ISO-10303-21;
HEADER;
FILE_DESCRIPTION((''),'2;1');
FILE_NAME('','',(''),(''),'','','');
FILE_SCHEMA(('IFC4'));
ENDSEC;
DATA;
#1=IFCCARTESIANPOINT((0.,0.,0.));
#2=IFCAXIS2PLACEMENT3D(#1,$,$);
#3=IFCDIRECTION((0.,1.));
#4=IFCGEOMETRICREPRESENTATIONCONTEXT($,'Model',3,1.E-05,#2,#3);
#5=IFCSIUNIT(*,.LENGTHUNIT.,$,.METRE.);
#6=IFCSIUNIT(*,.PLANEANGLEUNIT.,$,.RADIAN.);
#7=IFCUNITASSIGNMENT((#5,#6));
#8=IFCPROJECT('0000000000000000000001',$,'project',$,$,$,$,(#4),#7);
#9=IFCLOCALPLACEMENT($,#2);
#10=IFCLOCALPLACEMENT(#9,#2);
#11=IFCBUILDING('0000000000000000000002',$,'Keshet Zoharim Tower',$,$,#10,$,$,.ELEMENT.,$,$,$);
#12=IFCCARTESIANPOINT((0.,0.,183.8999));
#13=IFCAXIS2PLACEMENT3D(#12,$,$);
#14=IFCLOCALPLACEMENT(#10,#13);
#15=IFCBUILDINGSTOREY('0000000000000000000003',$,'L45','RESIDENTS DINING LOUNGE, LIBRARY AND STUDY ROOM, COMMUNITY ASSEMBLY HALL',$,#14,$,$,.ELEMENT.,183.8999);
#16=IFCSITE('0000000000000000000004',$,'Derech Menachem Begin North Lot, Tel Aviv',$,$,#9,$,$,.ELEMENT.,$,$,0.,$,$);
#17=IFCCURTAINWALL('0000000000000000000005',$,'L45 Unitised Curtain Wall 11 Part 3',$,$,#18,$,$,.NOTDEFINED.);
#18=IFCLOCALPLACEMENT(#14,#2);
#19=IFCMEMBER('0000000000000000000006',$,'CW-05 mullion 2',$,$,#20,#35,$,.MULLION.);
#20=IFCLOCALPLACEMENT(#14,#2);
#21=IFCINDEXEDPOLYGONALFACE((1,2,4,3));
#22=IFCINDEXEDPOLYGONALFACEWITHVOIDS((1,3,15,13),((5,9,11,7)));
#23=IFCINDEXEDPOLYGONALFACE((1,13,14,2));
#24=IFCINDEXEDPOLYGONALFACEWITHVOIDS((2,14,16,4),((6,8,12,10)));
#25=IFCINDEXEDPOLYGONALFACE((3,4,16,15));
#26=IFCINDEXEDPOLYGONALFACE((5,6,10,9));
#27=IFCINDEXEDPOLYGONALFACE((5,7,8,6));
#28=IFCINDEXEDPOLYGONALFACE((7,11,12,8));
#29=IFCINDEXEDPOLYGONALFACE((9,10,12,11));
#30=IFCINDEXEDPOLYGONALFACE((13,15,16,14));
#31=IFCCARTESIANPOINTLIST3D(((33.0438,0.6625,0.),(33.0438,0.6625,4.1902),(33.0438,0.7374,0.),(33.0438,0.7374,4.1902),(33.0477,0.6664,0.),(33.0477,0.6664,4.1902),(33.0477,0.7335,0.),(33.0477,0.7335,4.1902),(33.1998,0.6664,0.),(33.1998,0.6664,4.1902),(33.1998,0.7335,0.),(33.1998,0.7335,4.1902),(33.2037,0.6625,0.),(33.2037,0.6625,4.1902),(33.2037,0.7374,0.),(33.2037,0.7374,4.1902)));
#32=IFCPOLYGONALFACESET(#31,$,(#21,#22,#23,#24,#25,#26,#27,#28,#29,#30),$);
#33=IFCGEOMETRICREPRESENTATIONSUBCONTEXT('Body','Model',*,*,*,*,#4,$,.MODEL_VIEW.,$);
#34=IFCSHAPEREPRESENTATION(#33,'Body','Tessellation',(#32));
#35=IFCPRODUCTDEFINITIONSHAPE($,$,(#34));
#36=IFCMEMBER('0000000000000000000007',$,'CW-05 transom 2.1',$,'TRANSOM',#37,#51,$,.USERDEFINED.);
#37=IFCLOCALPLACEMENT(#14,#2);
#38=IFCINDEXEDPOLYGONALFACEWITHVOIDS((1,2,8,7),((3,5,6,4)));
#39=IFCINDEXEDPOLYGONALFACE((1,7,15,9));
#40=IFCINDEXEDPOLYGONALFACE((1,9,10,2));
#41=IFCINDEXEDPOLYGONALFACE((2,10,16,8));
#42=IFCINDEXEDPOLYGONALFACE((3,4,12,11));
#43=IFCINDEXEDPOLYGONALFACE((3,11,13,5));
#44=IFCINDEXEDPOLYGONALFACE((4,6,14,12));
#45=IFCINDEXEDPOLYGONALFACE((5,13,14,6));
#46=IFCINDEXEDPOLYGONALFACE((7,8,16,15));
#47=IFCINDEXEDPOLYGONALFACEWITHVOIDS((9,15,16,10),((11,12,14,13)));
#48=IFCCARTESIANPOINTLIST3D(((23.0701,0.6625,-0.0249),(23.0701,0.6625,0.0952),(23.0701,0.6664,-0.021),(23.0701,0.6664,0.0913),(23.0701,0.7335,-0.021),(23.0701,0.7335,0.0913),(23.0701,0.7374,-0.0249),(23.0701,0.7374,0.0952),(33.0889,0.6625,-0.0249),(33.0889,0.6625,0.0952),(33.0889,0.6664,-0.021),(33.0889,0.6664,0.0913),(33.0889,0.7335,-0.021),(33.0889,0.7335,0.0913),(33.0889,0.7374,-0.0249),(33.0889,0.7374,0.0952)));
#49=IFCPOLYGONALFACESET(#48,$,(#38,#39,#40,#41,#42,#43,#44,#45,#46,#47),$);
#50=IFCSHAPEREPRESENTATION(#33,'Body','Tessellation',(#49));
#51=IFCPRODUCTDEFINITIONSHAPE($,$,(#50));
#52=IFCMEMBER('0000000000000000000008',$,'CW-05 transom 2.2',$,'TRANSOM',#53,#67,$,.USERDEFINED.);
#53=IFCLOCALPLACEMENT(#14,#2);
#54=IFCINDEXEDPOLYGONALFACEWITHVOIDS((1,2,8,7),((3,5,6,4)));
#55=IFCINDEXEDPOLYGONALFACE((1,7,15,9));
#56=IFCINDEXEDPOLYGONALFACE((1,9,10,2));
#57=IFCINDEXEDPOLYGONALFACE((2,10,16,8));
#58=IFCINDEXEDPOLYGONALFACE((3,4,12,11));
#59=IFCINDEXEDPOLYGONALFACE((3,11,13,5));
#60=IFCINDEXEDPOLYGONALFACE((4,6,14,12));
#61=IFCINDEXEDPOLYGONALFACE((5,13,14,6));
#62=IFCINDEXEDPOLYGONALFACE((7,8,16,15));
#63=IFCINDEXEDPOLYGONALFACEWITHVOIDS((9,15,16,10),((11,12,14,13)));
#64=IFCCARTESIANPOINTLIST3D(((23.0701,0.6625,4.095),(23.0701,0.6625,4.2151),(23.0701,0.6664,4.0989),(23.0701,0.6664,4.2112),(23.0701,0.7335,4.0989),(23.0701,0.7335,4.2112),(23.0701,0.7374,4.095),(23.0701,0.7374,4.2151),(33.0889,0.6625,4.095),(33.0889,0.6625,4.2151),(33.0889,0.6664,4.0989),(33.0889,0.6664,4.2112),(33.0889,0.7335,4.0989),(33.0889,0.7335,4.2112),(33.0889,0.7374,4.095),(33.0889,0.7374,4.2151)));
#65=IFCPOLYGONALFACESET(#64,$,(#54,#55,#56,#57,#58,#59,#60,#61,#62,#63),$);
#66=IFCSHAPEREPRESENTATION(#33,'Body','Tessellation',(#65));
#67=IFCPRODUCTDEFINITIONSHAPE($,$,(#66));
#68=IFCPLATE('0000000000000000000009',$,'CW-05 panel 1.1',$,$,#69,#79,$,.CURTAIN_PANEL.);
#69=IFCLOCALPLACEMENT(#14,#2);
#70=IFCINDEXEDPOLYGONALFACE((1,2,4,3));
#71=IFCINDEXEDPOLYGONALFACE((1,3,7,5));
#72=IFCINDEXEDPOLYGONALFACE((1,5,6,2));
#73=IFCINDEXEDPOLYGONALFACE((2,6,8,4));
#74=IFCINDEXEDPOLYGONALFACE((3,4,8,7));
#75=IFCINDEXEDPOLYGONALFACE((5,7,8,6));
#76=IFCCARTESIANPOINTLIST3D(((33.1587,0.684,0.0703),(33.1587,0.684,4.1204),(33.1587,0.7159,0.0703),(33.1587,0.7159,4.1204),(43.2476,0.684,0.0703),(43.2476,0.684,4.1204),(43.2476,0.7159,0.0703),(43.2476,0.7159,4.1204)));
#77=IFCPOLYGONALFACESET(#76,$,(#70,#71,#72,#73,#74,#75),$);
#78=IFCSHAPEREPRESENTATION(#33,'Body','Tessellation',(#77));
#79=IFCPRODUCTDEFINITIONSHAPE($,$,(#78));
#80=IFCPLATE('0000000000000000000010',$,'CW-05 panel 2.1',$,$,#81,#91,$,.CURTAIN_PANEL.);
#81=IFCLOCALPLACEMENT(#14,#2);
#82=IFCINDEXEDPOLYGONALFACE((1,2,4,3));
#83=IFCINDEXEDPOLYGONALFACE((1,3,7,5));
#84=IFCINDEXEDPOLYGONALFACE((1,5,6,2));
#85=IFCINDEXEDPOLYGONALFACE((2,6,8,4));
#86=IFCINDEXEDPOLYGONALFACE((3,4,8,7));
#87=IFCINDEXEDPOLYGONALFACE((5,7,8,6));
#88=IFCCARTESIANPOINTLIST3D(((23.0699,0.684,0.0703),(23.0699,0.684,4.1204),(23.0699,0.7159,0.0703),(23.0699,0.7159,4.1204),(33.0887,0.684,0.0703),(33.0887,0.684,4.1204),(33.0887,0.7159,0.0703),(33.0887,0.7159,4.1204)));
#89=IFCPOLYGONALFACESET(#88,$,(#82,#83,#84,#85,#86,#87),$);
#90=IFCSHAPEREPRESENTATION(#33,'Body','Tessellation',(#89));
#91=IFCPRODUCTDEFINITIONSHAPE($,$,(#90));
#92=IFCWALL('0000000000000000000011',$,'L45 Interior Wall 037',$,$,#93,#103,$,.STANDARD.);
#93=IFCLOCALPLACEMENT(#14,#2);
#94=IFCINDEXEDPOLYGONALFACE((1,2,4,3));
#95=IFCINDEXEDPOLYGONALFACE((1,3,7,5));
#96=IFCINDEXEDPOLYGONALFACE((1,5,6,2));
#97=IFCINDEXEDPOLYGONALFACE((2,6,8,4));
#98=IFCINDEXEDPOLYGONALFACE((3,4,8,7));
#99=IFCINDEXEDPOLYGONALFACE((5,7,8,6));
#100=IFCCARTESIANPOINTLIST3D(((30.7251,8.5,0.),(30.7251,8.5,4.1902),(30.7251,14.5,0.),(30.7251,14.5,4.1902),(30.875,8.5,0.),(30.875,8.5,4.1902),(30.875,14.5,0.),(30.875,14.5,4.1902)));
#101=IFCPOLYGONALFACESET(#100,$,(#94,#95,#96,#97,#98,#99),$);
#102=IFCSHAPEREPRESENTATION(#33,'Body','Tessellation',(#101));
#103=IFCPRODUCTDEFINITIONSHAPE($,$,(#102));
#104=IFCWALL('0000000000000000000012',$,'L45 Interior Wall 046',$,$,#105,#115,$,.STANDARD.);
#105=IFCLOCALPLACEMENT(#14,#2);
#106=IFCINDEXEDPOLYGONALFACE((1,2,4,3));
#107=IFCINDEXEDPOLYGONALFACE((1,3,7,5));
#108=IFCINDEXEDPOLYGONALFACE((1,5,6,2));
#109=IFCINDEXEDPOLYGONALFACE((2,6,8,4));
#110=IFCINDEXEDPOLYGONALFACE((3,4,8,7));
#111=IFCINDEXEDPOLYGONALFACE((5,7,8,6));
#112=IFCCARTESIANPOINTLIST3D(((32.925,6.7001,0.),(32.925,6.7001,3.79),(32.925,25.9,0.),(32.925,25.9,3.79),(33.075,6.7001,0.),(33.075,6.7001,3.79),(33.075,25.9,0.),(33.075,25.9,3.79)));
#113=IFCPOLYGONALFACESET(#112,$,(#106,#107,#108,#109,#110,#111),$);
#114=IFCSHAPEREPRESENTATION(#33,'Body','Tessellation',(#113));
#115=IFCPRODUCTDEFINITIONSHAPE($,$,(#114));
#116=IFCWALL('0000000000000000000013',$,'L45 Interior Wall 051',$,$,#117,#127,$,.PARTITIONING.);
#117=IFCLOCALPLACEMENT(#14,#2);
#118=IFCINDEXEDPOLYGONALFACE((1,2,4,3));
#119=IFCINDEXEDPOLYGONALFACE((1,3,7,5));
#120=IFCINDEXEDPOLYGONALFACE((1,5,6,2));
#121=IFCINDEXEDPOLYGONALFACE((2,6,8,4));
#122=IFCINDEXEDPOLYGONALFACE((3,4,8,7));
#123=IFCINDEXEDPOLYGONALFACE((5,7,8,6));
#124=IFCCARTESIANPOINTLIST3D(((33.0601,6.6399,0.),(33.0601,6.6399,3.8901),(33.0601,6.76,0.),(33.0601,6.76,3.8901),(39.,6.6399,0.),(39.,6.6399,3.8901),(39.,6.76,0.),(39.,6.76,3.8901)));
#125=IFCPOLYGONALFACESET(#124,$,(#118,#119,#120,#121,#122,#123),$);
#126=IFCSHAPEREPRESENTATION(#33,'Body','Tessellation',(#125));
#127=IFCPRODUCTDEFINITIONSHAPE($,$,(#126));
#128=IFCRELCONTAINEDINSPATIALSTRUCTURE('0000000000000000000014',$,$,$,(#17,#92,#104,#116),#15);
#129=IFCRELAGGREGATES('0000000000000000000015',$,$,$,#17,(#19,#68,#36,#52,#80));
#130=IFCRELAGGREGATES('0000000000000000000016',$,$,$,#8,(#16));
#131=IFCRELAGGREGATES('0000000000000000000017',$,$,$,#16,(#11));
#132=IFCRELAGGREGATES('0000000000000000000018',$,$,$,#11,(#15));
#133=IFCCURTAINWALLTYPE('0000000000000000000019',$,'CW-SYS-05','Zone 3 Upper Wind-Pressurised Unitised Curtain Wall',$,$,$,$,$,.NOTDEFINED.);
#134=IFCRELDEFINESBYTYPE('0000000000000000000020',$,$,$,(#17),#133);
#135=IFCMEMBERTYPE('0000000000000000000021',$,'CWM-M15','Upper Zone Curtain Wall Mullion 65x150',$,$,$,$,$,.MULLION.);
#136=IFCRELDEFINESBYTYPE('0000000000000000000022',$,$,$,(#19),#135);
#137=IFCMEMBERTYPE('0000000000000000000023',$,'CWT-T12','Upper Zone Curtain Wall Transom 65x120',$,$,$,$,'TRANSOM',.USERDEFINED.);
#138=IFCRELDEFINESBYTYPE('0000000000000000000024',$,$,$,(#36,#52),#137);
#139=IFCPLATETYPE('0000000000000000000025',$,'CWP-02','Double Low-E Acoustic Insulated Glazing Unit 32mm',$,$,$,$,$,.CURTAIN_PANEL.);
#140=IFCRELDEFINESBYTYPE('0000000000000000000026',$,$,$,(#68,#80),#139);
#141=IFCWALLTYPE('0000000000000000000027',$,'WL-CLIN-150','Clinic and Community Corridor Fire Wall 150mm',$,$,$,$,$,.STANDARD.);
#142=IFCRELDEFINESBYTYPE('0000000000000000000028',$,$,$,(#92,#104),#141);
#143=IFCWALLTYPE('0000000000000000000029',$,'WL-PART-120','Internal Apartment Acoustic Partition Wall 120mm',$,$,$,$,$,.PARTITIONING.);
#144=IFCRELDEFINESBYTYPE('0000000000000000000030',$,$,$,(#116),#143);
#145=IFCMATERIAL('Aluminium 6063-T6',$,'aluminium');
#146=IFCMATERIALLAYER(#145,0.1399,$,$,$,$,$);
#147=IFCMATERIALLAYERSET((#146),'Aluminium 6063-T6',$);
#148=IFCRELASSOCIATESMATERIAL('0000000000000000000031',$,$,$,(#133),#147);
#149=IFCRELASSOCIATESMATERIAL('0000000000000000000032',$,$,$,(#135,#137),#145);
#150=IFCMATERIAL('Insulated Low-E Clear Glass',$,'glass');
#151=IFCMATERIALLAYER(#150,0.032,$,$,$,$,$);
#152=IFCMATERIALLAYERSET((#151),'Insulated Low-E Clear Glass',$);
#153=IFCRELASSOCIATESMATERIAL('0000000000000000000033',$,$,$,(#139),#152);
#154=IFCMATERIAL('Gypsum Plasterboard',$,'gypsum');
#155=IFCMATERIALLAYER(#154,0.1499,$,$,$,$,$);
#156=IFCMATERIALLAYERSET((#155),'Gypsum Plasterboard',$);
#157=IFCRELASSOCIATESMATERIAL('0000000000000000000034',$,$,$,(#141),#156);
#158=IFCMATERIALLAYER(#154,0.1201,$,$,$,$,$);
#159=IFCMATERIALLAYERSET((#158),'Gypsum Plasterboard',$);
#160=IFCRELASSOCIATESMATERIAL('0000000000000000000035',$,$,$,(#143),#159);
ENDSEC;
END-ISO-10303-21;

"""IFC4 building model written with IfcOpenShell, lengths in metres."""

from ifc_helpers import new_model, si_unit, direction, frame, frame_2d, origin, origin_2d, place, context, subcontext, project, spatial, rectangle, hollow_rectangle, extrude, material, layer, layer_set, material_profile, profile_set, type_object, element, aggregate, save


model = new_model("IFC4")

# Units and contexts
model_context = context("Model", 3, precision=1e-05, world=origin(), true_north=direction((0.0, 1.0)))
body_context = subcontext(model_context, "Body", "Model", "MODEL_VIEW")
ifc_project = project(units=[si_unit("LENGTHUNIT", "METRE"), si_unit("PLANEANGLEUNIT", "RADIAN")], contexts=[model_context])

# Site, building, storey
site_placement = place(None, origin())
site = spatial("IfcSite", under=ifc_project, at=site_placement, Name="Derech Menachem Begin North Lot, Tel Aviv", CompositionType="ELEMENT", RefElevation=0.0)
building_placement = place(site_placement, origin())
building = spatial("IfcBuilding", under=site, at=building_placement, Name="Keshet Zoharim Tower", CompositionType="ELEMENT")
storey_placement = place(building_placement, frame((0.0, 0.0, 183.8999)))
storey = spatial("IfcBuildingStorey", under=building, at=storey_placement, Name="L45", Description="RESIDENTS DINING LOUNGE, LIBRARY AND STUDY ROOM, COMMUNITY ASSEMBLY HALL", CompositionType="ELEMENT", Elevation=183.8999)

# Curtain wall, members, plates
ifc_material_1 = material(Name="Aluminium 6063-T6", Category="aluminium")
ifc_layer_1 = layer(ifc_material_1, 0.1399)
ifc_layer_set_1 = layer_set([ifc_layer_1], Name="Aluminium 6063-T6")
curtain_wall_type = type_object("IfcCurtainWallType", Name="CW-SYS-05", Description="Zone 3 Upper Wind-Pressurised Unitised Curtain Wall", PredefinedType="NOTDEFINED", material=ifc_layer_set_1)
curtain_wall_placement = place(storey_placement, origin())
curtain_wall = element("IfcCurtainWall", 1, at=curtain_wall_placement, inside=storey, type_object=curtain_wall_type, Name="L45 Unitised Curtain Wall 11 Part 3", PredefinedType="NOTDEFINED")
ifc_material_profile_1 = material_profile(ifc_material_1, hollow_rectangle(XDim=0.075, YDim=0.1599, WallThickness=0.0039, at=origin_2d()), Name="MUL-75x160")
ifc_profile_set_1 = profile_set([ifc_material_profile_1], Name="Aluminium 6063-T6")
member_type_1 = type_object("IfcMemberType", Name="CWM-M15", Description="Upper Zone Curtain Wall Mullion 65x150", PredefinedType="MULLION", material=ifc_profile_set_1)
member_1_placement = place(storey_placement, frame((33.1238, 0.7, 0.0), z_axis=(0.0, 0.0, 1.0), x_axis=(0.0, -1.0, 0.0)))
member_1 = element("IfcMember", 2, at=member_1_placement, type_object=member_type_1, Name="CW-05 mullion 2", PredefinedType="MULLION", context=body_context, shape_type="SweptSolid", body=[
    extrude(hollow_rectangle(XDim=0.075, YDim=0.1599, WallThickness=0.0039, at=origin_2d()), origin(), (0.0, 0.0, 1.0), 4.1902),
])
ifc_material_profile_2 = material_profile(ifc_material_1, hollow_rectangle(XDim=0.075, YDim=0.1201, WallThickness=0.0039, at=origin_2d()), Name="TRN-75x120")
ifc_profile_set_2 = profile_set([ifc_material_profile_2], Name="Aluminium 6063-T6")
member_type_2 = type_object("IfcMemberType", Name="CWT-T12", Description="Upper Zone Curtain Wall Transom 65x120", ElementType="TRANSOM", PredefinedType="USERDEFINED", material=ifc_profile_set_2)
member_2_placement = place(storey_placement, frame((33.0889, 0.7, 0.0352), z_axis=(-1.0, 0.0, 0.0), x_axis=(0.0, -1.0, 0.0)))
member_2 = element("IfcMember", 3, at=member_2_placement, type_object=member_type_2, Name="CW-05 transom 2.1", ObjectType="TRANSOM", PredefinedType="USERDEFINED", context=body_context, shape_type="SweptSolid", body=[
    extrude(hollow_rectangle(XDim=0.075, YDim=0.1201, WallThickness=0.0039, at=origin_2d()), origin(), (0.0, 0.0, 1.0), 10.0188),
])
member_3_placement = place(storey_placement, frame((33.0889, 0.7, 4.155), z_axis=(-1.0, 0.0, 0.0), x_axis=(0.0, -1.0, 0.0)))
member_3 = element("IfcMember", 4, at=member_3_placement, type_object=member_type_2, Name="CW-05 transom 2.2", ObjectType="TRANSOM", PredefinedType="USERDEFINED", context=body_context, shape_type="SweptSolid", body=[
    extrude(hollow_rectangle(XDim=0.075, YDim=0.1201, WallThickness=0.0039, at=origin_2d()), origin(), (0.0, 0.0, 1.0), 10.0188),
])
ifc_material_2 = material(Name="Insulated Low-E Clear Glass", Category="glass")
ifc_layer_2 = layer(ifc_material_2, 0.032)
ifc_layer_set_2 = layer_set([ifc_layer_2], Name="Insulated Low-E Clear Glass")
plate_type = type_object("IfcPlateType", Name="CWP-02", Description="Double Low-E Acoustic Insulated Glazing Unit 32mm", PredefinedType="CURTAIN_PANEL", material=ifc_layer_set_2)
plate_1_placement = place(storey_placement, frame((38.2031, 0.7, 0.0703), z_axis=(0.0, 0.0, 1.0), x_axis=(-1.0, 0.0, 0.0)))
plate_1 = element("IfcPlate", 5, at=plate_1_placement, type_object=plate_type, Name="CW-05 panel 1.1", PredefinedType="CURTAIN_PANEL", context=body_context, shape_type="SweptSolid", body=[
    extrude(rectangle(XDim=10.0889, YDim=0.032, at=origin_2d()), origin(), (0.0, 0.0, 1.0), 4.05),
])
plate_2_placement = place(storey_placement, frame((28.0793, 0.7, 0.0703), z_axis=(0.0, 0.0, 1.0), x_axis=(-1.0, 0.0, 0.0)))
plate_2 = element("IfcPlate", 6, at=plate_2_placement, type_object=plate_type, Name="CW-05 panel 2.1", PredefinedType="CURTAIN_PANEL", context=body_context, shape_type="SweptSolid", body=[
    extrude(rectangle(XDim=10.0188, YDim=0.032, at=origin_2d()), origin(), (0.0, 0.0, 1.0), 4.05),
])
aggregate(curtain_wall, [member_1, plate_1, member_2, member_3, plate_2])

# Walls
ifc_material_3 = material(Name="Gypsum Plasterboard", Category="gypsum")
ifc_layer_3 = layer(ifc_material_3, 0.1499)
ifc_layer_set_3 = layer_set([ifc_layer_3], Name="Gypsum Plasterboard")
wall_type_1 = type_object("IfcWallType", Name="WL-CLIN-150", Description="Clinic and Community Corridor Fire Wall 150mm", PredefinedType="STANDARD", material=ifc_layer_set_3)
wall_1_placement = place(storey_placement, frame((30.8, 8.5, 0.0), z_axis=(0.0, 0.0, 1.0), x_axis=(0.0, 1.0, 0.0)))
element("IfcWall", 7, at=wall_1_placement, inside=storey, type_object=wall_type_1, Name="L45 Interior Wall 037", PredefinedType="STANDARD", context=body_context, shape_type="SweptSolid", body=[
    extrude(rectangle(XDim=6.0, YDim=0.1499, at=frame_2d((3.0, 0.0))), origin(), (0.0, 0.0, 1.0), 4.1902),
])
wall_2_placement = place(storey_placement, frame((33.0, 6.7, 0.0), z_axis=(0.0, 0.0, 1.0), x_axis=(0.0, 1.0, 0.0)))
element("IfcWall", 8, at=wall_2_placement, inside=storey, type_object=wall_type_1, Name="L45 Interior Wall 046", PredefinedType="STANDARD", context=body_context, shape_type="SweptSolid", body=[
    extrude(rectangle(XDim=19.2, YDim=0.1499, at=frame_2d((9.6001, 0.0))), origin(), (0.0, 0.0, 1.0), 3.79),
])
ifc_layer_4 = layer(ifc_material_3, 0.1201)
ifc_layer_set_4 = layer_set([ifc_layer_4], Name="Gypsum Plasterboard")
wall_type_2 = type_object("IfcWallType", Name="WL-PART-120", Description="Internal Apartment Acoustic Partition Wall 120mm", PredefinedType="PARTITIONING", material=ifc_layer_set_4)
wall_3_placement = place(storey_placement, frame((33.0601, 6.7, 0.0), z_axis=(0.0, 0.0, 1.0), x_axis=(1.0, 0.0, 0.0)))
element("IfcWall", 9, at=wall_3_placement, inside=storey, type_object=wall_type_2, Name="L45 Interior Wall 051", PredefinedType="PARTITIONING", context=body_context, shape_type="SweptSolid", body=[
    extrude(rectangle(XDim=5.9399, YDim=0.1201, at=frame_2d((2.97, 0.0))), origin(), (0.0, 0.0, 1.0), 3.8901),
])

save(model, "model.ifc")
